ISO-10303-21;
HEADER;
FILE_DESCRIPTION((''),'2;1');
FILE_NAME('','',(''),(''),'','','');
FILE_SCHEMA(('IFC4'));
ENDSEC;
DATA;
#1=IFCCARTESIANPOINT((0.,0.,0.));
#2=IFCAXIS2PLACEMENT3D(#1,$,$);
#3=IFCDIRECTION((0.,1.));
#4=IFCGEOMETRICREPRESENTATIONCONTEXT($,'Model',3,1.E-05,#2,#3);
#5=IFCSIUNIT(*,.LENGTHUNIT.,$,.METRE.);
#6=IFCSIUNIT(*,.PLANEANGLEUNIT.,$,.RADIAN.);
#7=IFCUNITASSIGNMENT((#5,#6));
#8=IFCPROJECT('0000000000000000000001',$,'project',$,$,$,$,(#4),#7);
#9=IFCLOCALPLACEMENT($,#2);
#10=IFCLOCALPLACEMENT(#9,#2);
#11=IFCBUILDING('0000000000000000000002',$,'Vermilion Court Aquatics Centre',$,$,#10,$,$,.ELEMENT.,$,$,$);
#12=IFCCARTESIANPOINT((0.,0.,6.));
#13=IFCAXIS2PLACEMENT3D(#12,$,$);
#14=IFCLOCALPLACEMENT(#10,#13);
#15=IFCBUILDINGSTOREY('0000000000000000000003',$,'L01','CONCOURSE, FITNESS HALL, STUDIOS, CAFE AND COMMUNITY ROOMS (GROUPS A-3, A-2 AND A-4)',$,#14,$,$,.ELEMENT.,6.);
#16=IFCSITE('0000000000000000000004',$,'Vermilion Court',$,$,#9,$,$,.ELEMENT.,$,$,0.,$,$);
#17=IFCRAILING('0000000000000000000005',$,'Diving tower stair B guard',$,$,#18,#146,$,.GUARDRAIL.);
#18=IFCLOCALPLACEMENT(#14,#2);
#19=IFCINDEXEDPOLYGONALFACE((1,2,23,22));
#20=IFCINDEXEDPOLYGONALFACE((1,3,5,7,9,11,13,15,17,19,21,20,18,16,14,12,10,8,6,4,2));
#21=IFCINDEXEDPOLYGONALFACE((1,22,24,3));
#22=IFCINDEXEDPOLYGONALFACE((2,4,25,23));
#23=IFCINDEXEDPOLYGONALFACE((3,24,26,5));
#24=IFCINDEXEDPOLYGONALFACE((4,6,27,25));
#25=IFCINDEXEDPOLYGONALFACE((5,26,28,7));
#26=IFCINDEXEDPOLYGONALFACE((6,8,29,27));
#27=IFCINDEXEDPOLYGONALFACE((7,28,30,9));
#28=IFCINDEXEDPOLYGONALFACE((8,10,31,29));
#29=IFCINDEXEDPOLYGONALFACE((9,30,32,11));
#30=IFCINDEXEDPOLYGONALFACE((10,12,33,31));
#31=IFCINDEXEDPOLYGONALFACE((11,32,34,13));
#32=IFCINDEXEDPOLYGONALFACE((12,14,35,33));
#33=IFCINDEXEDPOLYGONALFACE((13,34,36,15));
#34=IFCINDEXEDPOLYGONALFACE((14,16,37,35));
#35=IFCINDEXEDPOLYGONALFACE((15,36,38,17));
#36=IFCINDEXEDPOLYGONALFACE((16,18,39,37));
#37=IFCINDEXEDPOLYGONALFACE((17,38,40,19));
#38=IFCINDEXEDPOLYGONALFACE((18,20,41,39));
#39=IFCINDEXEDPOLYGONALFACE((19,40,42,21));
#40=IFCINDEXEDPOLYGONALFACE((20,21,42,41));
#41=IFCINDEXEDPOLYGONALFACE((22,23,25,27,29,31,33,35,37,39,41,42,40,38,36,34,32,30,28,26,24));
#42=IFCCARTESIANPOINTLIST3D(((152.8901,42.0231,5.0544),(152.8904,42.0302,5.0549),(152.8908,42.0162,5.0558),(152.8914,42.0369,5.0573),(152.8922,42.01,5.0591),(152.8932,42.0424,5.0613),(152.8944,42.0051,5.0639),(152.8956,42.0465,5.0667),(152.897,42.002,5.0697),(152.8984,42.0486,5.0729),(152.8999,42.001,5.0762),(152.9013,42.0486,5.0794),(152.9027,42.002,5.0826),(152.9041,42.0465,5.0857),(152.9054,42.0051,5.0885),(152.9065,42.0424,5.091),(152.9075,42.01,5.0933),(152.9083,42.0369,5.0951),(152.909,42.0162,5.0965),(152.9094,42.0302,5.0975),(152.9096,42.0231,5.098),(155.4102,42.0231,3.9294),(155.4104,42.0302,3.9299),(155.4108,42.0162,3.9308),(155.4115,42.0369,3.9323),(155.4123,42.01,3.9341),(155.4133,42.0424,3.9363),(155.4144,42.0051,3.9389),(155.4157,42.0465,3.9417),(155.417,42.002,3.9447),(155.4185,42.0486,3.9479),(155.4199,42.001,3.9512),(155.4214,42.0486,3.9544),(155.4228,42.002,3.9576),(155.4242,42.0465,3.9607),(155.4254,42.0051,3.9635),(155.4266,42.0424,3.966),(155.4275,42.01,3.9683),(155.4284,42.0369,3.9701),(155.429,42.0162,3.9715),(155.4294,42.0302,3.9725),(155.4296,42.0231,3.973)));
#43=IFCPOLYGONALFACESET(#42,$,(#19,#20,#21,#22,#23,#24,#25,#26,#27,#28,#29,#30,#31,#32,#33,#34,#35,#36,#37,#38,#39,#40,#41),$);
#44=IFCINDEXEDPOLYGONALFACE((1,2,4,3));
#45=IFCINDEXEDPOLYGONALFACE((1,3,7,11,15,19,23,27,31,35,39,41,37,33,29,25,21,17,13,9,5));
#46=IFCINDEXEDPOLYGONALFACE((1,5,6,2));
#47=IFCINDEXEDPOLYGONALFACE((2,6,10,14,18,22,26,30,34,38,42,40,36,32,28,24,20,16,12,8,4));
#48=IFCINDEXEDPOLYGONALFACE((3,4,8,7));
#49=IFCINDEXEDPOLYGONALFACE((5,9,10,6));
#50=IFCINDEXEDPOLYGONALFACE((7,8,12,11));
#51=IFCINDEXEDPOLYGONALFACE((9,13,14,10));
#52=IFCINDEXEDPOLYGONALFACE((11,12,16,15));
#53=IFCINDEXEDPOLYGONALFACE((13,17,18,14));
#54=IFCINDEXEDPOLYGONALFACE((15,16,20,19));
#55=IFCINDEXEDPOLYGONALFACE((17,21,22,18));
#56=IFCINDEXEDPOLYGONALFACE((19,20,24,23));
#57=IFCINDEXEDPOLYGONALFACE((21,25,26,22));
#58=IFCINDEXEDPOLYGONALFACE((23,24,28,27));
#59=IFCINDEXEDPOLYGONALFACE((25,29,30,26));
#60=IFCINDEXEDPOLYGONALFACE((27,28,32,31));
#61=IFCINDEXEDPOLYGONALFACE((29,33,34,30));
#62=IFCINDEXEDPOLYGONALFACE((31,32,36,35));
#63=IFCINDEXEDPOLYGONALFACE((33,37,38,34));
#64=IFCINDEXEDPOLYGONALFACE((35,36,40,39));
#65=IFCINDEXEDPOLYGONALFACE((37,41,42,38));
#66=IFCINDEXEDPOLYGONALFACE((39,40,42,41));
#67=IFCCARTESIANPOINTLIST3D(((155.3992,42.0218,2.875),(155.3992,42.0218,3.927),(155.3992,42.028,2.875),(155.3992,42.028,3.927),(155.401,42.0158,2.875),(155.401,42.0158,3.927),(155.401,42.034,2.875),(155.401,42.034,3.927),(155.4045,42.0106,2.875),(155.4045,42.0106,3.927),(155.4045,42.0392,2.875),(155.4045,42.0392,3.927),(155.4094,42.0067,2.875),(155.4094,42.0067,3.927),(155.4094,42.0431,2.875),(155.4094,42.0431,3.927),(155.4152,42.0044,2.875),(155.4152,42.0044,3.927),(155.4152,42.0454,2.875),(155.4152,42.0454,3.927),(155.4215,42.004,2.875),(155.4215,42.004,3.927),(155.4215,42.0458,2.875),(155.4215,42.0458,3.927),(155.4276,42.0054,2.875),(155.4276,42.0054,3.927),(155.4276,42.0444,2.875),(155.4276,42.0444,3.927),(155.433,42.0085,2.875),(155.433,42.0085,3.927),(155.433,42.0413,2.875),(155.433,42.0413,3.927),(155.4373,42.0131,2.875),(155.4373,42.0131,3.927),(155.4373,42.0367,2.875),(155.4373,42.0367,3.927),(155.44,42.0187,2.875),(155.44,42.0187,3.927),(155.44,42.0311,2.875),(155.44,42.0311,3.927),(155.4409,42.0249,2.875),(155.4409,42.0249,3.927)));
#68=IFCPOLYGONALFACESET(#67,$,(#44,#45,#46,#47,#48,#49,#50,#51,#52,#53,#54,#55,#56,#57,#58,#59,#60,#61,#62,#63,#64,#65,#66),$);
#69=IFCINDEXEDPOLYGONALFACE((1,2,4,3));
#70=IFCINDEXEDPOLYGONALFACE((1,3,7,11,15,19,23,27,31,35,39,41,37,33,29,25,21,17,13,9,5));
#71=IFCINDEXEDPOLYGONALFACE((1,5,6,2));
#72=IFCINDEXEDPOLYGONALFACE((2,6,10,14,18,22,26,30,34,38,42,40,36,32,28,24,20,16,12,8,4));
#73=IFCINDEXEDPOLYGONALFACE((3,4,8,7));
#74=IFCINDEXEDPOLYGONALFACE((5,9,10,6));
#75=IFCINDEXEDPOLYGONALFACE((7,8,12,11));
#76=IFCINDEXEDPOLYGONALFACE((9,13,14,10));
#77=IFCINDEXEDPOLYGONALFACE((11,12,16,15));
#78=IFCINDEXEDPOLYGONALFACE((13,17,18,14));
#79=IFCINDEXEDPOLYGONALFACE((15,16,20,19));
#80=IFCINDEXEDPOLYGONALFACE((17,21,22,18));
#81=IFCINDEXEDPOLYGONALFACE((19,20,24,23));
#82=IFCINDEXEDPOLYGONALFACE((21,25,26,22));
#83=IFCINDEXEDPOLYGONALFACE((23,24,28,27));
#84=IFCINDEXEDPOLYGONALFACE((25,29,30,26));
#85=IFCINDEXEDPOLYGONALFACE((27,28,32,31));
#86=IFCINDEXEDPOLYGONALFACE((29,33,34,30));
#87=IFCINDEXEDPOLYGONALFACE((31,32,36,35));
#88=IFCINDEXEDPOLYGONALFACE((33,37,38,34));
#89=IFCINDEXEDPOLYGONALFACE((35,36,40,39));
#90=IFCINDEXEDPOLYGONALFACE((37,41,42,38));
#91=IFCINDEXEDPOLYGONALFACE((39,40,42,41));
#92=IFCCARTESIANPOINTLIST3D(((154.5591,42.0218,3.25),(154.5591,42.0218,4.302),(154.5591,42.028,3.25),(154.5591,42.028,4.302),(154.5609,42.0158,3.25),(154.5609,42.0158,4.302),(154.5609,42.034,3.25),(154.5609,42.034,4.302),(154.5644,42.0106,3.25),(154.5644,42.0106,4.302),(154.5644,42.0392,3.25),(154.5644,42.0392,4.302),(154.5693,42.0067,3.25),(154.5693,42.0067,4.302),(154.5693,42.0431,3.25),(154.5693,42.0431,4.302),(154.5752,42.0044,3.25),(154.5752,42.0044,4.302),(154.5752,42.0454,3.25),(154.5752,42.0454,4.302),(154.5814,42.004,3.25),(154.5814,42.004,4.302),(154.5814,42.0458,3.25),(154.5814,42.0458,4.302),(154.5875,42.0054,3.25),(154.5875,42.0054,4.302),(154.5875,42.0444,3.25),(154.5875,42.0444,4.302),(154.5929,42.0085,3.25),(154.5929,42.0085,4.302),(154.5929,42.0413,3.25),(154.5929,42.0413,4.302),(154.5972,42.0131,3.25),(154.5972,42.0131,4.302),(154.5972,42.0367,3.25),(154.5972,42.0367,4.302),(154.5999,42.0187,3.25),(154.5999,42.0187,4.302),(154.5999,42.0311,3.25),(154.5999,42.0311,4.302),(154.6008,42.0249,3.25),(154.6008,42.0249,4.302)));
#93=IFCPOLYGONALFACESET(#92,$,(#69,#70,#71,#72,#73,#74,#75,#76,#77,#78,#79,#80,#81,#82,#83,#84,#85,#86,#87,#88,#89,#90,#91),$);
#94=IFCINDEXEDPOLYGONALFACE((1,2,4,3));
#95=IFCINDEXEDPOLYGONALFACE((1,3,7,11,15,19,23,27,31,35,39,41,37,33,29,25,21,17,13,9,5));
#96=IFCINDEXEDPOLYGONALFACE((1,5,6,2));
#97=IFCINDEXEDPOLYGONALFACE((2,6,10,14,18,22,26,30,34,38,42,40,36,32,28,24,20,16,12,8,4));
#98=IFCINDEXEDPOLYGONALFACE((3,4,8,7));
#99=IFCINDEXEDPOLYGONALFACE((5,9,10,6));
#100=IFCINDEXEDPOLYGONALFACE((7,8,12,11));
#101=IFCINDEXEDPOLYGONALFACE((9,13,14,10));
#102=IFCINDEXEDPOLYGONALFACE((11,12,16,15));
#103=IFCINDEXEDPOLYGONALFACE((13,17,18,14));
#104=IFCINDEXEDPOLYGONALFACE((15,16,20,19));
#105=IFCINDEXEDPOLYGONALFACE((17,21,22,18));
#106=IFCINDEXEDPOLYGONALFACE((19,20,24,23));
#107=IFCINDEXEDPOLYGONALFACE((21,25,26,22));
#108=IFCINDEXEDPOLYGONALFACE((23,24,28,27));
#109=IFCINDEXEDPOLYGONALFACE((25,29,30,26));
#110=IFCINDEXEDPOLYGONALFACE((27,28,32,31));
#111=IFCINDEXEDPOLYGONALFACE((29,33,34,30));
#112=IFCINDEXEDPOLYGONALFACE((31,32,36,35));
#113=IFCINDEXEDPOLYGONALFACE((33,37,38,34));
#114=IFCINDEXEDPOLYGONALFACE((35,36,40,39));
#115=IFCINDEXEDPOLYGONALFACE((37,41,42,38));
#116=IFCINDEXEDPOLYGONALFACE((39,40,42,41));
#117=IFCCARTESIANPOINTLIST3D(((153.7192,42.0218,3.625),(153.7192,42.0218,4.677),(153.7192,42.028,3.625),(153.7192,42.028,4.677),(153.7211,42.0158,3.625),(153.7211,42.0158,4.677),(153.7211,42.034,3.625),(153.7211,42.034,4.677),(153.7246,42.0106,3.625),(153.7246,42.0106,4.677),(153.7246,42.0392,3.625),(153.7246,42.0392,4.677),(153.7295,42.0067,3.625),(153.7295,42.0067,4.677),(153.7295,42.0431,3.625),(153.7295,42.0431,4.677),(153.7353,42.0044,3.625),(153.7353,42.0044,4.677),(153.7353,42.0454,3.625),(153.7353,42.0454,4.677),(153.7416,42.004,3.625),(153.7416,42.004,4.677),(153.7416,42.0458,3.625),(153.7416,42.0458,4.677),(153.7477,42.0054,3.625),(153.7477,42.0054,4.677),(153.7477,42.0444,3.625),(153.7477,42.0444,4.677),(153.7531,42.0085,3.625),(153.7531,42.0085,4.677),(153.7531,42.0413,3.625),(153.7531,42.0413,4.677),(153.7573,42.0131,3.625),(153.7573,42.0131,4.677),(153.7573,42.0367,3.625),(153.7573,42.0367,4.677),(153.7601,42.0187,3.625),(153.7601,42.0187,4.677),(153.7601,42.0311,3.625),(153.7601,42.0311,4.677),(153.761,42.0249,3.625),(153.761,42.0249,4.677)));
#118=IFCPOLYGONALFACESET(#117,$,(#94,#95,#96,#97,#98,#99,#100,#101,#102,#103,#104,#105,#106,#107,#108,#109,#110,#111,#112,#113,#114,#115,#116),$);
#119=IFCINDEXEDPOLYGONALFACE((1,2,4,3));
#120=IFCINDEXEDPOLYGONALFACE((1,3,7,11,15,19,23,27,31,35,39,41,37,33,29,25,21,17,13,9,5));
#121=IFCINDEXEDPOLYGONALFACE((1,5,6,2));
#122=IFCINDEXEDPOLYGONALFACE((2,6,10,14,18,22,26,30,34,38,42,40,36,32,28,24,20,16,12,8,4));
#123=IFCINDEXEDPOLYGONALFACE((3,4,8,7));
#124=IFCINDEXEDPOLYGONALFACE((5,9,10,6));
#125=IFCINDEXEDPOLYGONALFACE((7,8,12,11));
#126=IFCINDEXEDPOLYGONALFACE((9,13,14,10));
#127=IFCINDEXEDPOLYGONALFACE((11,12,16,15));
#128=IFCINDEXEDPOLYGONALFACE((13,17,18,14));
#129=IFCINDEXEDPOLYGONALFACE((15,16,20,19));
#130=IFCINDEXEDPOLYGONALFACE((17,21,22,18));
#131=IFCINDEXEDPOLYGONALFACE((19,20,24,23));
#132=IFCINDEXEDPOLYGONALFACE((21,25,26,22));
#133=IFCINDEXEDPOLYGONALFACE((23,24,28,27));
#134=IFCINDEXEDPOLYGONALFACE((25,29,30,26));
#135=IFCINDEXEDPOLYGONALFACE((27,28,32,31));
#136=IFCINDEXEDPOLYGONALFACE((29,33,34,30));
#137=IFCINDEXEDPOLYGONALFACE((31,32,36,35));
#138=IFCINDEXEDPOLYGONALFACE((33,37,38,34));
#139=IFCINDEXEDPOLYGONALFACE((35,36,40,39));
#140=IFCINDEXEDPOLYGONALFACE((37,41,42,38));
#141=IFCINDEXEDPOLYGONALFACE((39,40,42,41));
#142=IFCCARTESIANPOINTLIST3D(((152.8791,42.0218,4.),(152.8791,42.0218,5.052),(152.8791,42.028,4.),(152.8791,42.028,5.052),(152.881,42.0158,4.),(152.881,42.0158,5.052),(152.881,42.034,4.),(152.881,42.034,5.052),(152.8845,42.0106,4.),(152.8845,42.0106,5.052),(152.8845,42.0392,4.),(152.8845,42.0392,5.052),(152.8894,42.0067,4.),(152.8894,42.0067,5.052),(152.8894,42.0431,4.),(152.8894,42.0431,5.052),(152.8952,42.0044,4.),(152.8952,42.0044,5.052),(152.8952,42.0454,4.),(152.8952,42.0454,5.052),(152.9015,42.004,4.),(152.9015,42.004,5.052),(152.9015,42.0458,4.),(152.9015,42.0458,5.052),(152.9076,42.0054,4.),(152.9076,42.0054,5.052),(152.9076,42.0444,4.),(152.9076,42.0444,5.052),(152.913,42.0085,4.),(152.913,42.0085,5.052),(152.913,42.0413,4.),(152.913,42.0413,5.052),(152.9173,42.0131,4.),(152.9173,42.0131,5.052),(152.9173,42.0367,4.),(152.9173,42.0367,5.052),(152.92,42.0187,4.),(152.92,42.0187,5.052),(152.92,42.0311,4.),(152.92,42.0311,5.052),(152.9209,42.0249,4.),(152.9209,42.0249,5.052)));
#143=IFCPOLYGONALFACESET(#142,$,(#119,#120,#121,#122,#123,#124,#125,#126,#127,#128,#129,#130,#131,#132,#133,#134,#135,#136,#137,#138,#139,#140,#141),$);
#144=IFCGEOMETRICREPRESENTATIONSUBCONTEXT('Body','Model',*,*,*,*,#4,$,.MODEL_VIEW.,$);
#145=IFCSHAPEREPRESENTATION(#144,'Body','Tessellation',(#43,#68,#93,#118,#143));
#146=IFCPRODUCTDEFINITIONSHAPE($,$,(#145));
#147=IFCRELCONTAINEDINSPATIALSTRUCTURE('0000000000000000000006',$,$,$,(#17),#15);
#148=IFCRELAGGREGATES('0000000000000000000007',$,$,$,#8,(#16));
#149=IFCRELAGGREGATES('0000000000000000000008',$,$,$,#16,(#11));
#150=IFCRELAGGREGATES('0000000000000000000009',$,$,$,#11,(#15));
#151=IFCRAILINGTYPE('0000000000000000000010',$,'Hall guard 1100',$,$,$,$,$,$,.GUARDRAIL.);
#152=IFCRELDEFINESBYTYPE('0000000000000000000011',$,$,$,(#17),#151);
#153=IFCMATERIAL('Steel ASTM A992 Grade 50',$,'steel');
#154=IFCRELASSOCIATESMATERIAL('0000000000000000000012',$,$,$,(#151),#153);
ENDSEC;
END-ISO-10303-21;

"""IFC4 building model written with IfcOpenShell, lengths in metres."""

from ifc_helpers import new_model, si_unit, direction, frame, origin, origin_2d, place, context, subcontext, project, spatial, circle, extrude, material, type_object, element, save


model = new_model("IFC4")

# Units and contexts
model_context = context("Model", 3, precision=1e-05, world=origin(), true_north=direction((0.0, 1.0)))
body_context = subcontext(model_context, "Body", "Model", "MODEL_VIEW")
ifc_project = project(units=[si_unit("LENGTHUNIT", "METRE"), si_unit("PLANEANGLEUNIT", "RADIAN")], contexts=[model_context])

# Site, building, storey
site_placement = place(None, origin())
site = spatial("IfcSite", under=ifc_project, at=site_placement, Name="Vermilion Court", CompositionType="ELEMENT", RefElevation=0.0)
building_placement = place(site_placement, origin())
building = spatial("IfcBuilding", under=site, at=building_placement, Name="Vermilion Court Aquatics Centre", CompositionType="ELEMENT")
storey_placement = place(building_placement, frame((0.0, 0.0, 6.0)))
storey = spatial("IfcBuildingStorey", under=building, at=storey_placement, Name="L01", Description="CONCOURSE, FITNESS HALL, STUDIOS, CAFE AND COMMUNITY ROOMS (GROUPS A-3, A-2 AND A-4)", CompositionType="ELEMENT", Elevation=6.0)

# Railing
ifc_material_1 = material(Name="Steel ASTM A992 Grade 50", Category="steel")
railing_type_1 = type_object("IfcRailingType", Name="Hall guard 1100", PredefinedType="GUARDRAIL", material=ifc_material_1)
for number, where, name in (
    (1, (155.4199, 42.0249, 2.875), "Diving tower stair B guard"),
):
    element("IfcRailing", number, at=place(storey_placement, frame(where)), inside=storey, type_object=railing_type_1, Name=name, PredefinedType="GUARDRAIL", context=body_context, shape_type="SweptSolid", body=[
        extrude(circle(Radius=0.0239, at=origin_2d()), frame((0.0, 0.0, 1.0762), z_axis=(-0.913139, 0.0, 0.407648), x_axis=(0.0, -1.0, 0.0)), (0.0, 0.0, 1.0), 2.7598),
        extrude(circle(Radius=0.021, at=origin_2d()), origin(), (0.0, 0.0, 1.0), 1.052),
        extrude(circle(Radius=0.021, at=origin_2d()), frame((-0.8401, 0.0, 0.375)), (0.0, 0.0, 1.0), 1.052),
        extrude(circle(Radius=0.021, at=origin_2d()), frame((-1.6799, 0.0, 0.75)), (0.0, 0.0, 1.0), 1.052),
        extrude(circle(Radius=0.021, at=origin_2d()), frame((-2.52, 0.0, 1.125)), (0.0, 0.0, 1.0), 1.052),
    ])

save(model, "model.ifc")
